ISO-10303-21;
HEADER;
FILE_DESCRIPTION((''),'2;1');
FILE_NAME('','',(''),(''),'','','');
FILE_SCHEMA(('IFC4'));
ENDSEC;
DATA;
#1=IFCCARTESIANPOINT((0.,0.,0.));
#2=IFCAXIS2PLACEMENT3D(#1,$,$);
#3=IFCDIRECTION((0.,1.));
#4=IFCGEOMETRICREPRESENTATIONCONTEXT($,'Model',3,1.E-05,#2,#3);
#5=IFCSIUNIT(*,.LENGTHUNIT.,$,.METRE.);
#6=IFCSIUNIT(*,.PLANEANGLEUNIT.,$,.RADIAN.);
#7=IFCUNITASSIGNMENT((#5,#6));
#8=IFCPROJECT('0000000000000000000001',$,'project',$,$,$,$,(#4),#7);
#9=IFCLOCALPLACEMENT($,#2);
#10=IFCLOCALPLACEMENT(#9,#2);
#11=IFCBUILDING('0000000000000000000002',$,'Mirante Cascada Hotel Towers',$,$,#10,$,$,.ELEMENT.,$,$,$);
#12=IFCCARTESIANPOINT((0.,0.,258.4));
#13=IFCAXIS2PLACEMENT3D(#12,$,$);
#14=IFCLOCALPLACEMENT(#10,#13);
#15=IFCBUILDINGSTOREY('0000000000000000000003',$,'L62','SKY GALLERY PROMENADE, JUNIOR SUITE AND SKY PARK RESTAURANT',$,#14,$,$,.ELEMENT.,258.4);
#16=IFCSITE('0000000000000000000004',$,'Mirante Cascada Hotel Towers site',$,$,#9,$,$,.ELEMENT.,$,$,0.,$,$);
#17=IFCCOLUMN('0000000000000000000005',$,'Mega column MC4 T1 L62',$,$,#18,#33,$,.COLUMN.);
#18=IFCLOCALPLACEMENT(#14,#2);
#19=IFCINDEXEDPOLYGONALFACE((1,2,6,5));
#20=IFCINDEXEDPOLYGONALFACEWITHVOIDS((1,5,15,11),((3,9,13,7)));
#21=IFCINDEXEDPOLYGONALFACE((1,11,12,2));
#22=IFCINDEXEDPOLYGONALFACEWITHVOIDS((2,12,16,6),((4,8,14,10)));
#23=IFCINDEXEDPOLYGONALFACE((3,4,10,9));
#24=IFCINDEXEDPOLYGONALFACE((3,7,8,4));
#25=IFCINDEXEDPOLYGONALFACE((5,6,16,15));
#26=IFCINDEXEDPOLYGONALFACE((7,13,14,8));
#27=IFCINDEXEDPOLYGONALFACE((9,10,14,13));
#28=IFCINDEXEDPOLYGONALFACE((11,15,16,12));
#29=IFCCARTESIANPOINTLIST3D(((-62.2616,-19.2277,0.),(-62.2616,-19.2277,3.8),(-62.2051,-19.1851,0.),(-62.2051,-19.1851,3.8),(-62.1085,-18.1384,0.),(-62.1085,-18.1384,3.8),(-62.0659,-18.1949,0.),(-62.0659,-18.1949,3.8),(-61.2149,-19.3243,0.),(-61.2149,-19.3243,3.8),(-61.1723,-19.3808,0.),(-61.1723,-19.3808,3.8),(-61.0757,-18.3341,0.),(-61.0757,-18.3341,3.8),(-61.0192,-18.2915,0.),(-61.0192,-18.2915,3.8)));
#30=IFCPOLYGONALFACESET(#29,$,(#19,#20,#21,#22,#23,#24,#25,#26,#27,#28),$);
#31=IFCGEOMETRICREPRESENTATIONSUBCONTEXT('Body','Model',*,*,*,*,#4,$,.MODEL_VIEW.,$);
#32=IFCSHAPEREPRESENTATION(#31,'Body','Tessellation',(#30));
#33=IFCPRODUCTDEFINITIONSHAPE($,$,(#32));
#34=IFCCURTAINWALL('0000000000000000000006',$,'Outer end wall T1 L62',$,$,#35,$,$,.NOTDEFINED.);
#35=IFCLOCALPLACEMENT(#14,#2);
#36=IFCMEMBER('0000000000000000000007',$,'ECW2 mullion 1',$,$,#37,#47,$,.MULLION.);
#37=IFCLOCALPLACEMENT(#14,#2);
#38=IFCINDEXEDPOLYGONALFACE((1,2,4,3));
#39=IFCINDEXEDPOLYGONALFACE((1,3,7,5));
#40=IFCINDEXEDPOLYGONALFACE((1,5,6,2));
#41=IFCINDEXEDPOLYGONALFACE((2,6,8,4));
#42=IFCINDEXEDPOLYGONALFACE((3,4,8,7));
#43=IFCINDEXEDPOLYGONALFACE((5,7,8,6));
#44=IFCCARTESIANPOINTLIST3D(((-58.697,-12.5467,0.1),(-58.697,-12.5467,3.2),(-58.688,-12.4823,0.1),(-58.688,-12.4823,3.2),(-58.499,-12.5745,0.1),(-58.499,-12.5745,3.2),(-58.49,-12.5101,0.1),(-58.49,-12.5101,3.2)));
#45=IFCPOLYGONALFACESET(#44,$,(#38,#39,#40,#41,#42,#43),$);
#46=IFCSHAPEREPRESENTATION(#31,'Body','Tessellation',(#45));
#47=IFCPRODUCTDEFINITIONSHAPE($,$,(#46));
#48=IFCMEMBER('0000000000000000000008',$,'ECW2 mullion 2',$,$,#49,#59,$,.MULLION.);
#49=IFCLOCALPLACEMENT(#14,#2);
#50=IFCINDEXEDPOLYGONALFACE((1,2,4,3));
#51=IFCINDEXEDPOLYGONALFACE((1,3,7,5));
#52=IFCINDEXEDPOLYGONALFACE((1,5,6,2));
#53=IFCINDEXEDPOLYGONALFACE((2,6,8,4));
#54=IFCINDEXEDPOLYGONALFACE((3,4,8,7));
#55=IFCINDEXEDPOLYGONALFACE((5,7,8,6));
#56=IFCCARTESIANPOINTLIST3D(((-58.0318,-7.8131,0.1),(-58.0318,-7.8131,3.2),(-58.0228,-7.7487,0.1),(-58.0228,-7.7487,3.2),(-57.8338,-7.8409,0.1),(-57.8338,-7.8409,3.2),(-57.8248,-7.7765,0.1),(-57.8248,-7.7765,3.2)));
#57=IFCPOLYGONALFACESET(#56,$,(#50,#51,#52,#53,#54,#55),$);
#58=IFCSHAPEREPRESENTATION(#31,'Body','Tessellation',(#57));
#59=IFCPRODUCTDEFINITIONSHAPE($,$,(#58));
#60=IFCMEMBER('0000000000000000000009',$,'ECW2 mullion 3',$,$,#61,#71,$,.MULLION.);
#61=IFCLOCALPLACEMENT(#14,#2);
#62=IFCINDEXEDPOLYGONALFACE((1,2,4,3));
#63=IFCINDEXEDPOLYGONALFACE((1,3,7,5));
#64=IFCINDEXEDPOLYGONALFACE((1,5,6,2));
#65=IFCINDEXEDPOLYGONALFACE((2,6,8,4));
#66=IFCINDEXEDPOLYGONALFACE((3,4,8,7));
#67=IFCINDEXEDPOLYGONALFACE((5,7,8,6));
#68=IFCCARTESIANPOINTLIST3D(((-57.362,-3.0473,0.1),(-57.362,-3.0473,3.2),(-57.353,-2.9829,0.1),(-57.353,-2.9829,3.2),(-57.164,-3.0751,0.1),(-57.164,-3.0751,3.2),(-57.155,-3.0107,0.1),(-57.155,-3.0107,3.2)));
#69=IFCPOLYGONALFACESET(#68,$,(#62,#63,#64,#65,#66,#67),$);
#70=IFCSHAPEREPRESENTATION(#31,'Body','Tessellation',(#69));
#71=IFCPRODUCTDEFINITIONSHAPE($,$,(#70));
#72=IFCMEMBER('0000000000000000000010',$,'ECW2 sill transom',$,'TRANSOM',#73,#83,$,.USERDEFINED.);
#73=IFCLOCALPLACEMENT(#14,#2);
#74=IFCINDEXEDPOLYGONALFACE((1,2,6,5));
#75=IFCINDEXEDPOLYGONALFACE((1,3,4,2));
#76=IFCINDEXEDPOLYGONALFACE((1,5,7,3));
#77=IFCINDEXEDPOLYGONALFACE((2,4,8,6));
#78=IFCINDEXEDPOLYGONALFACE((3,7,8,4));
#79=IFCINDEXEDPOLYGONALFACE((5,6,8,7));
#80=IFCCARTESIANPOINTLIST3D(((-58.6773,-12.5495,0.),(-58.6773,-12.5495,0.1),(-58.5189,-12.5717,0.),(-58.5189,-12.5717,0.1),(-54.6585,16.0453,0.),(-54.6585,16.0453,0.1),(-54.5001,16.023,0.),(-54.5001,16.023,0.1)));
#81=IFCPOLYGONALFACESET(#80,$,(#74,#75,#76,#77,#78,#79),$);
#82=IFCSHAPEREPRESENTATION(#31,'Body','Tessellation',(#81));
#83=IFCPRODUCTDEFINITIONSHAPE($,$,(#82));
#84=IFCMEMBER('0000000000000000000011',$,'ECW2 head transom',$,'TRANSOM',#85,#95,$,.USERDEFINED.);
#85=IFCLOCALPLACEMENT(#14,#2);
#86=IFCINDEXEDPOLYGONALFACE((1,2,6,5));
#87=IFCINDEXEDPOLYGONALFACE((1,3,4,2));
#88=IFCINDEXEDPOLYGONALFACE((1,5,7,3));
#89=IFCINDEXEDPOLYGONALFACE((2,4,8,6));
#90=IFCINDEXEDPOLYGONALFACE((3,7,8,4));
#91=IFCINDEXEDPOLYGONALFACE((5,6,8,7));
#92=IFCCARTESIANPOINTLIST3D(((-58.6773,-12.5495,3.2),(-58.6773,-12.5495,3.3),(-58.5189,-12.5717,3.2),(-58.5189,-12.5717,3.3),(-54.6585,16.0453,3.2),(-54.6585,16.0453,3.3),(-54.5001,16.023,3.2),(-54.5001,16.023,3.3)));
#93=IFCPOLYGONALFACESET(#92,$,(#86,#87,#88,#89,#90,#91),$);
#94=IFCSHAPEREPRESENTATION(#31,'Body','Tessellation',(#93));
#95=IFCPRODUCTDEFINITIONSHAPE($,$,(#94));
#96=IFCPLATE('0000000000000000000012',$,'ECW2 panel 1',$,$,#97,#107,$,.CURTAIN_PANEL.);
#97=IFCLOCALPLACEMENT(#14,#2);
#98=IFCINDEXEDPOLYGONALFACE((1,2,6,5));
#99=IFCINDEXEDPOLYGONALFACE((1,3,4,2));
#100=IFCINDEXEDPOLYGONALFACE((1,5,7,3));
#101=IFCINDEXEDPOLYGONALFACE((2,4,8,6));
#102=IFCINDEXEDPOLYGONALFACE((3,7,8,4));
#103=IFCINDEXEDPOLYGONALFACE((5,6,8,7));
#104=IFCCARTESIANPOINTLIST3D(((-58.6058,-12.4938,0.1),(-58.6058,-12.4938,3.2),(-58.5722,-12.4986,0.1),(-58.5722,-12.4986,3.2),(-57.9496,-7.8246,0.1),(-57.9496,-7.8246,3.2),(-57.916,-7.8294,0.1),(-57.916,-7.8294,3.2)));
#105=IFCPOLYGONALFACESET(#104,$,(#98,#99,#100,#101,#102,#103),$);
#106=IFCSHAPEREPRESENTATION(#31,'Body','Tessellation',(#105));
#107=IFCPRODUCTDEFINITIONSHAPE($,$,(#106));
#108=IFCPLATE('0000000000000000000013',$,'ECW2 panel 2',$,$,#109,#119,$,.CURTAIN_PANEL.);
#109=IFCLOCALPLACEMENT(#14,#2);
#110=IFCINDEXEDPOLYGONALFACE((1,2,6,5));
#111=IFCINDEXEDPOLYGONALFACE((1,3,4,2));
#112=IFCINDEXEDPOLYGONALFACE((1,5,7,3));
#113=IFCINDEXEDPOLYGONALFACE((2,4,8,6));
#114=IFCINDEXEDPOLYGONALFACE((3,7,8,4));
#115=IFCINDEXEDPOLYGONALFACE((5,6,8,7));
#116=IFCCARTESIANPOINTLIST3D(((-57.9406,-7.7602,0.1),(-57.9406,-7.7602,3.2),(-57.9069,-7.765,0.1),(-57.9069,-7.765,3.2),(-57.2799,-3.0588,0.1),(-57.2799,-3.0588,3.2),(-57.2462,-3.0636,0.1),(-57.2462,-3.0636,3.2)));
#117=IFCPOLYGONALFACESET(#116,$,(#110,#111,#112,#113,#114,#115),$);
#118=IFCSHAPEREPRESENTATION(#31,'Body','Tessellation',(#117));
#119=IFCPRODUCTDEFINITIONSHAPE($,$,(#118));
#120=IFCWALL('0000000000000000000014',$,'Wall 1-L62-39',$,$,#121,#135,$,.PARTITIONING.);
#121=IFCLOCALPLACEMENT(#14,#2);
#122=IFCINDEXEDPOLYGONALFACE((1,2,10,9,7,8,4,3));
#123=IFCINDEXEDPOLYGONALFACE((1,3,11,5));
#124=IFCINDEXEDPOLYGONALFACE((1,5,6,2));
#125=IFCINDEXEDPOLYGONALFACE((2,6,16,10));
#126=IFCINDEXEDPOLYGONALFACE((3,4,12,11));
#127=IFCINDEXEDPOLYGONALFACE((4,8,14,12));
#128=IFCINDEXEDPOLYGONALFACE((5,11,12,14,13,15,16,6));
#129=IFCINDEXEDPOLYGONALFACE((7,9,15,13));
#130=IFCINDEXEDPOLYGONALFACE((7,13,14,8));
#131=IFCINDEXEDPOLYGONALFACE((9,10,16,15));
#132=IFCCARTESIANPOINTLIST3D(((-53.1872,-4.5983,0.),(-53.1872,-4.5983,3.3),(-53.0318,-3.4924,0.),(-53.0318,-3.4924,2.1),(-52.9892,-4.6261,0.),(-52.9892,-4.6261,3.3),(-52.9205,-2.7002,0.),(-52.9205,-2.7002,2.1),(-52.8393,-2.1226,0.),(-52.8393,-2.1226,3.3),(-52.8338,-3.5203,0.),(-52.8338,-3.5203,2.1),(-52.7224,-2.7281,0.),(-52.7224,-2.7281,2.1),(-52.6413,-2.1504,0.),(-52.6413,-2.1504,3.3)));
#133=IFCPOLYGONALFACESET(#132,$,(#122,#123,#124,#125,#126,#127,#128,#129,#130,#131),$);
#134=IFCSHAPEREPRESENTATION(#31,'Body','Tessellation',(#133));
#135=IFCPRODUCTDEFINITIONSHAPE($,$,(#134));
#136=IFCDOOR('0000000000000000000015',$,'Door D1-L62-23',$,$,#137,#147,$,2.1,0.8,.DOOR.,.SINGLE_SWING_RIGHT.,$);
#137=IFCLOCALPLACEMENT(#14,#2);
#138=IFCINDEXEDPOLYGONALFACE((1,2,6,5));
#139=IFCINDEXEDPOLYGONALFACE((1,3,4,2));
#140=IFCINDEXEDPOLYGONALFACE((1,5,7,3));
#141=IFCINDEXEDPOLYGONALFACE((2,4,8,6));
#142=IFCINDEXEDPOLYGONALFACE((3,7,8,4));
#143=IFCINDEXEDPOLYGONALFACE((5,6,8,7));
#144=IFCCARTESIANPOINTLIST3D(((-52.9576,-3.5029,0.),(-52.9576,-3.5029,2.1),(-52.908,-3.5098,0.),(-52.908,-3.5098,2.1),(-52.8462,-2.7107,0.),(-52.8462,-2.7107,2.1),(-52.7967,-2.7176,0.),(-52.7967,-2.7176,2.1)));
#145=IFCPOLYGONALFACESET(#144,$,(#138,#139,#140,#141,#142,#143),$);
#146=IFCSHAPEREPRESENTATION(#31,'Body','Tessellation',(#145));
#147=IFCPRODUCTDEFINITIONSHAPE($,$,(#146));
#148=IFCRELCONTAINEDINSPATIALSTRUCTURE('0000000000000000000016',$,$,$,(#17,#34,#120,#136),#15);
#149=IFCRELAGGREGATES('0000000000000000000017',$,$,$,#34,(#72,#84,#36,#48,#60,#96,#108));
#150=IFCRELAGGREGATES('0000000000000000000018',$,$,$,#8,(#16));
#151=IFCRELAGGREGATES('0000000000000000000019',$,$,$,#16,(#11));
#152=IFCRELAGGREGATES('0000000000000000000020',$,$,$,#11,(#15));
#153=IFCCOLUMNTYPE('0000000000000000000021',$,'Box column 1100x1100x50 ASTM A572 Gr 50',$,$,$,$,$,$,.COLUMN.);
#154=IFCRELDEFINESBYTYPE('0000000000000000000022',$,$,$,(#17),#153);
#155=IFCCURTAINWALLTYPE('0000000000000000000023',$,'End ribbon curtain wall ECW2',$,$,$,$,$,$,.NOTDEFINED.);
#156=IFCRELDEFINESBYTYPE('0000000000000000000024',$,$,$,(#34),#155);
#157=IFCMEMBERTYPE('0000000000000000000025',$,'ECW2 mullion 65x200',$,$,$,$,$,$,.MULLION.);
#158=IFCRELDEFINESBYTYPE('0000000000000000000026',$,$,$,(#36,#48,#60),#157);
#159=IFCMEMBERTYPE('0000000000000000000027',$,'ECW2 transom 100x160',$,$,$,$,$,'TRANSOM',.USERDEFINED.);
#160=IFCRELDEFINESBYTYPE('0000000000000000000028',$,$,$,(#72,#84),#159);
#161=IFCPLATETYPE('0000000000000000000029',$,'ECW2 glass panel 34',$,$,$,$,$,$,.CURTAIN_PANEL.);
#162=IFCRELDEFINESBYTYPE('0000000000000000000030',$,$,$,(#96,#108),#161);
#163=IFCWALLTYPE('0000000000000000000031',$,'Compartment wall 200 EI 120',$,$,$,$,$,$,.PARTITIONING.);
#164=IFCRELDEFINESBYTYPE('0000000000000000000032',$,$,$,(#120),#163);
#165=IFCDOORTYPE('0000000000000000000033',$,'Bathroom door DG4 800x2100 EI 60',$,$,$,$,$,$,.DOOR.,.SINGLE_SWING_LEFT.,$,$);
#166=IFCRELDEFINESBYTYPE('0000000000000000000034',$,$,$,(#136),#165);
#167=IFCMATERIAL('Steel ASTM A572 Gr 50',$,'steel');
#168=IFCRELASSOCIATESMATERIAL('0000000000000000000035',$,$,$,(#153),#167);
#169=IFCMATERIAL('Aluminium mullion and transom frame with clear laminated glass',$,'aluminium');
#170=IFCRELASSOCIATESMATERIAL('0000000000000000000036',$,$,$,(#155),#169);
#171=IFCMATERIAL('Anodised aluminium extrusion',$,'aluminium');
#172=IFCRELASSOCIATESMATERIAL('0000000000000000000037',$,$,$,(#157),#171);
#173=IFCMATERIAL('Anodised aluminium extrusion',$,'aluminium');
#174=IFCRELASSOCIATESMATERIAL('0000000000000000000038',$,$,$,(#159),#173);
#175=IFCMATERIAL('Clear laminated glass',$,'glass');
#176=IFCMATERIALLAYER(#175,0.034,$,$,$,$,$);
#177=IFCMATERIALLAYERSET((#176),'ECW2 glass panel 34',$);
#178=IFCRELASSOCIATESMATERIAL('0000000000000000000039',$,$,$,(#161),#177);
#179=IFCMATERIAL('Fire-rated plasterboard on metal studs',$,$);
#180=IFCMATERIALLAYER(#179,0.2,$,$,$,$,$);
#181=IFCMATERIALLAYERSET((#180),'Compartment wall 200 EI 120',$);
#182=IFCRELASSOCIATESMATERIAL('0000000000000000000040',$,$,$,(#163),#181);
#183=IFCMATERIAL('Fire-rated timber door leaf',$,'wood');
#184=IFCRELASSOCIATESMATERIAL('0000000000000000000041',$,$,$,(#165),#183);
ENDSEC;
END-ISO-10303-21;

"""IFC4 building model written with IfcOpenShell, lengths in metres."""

from ifc_helpers import new_model, si_unit, direction, frame, frame_2d, origin, origin_2d, place, context, subcontext, project, spatial, rectangle, hollow_rectangle, extrude, material, layer, layer_set, material_profile, profile_set, type_object, element, fill, aggregate, save


model = new_model("IFC4")

# Units and contexts
model_context = context("Model", 3, precision=1e-05, world=origin(), true_north=direction((0.0, 1.0)))
body_context = subcontext(model_context, "Body", "Model", "MODEL_VIEW")
ifc_project = project(units=[si_unit("LENGTHUNIT", "METRE"), si_unit("PLANEANGLEUNIT", "RADIAN")], contexts=[model_context])

# Site, building, storey
site_placement = place(None, origin())
site = spatial("IfcSite", under=ifc_project, at=site_placement, Name="Mirante Cascada Hotel Towers site", CompositionType="ELEMENT", RefElevation=0.0)
building_placement = place(site_placement, origin())
building = spatial("IfcBuilding", under=site, at=building_placement, Name="Mirante Cascada Hotel Towers", CompositionType="ELEMENT")
storey_placement = place(building_placement, frame((0.0, 0.0, 258.4)))
storey = spatial("IfcBuildingStorey", under=building, at=storey_placement, Name="L62", Description="SKY GALLERY PROMENADE, JUNIOR SUITE AND SKY PARK RESTAURANT", CompositionType="ELEMENT", Elevation=258.4)

# Column
ifc_material_1 = material(Name="Steel ASTM A572 Gr 50", Category="steel")
ifc_material_profile_1 = material_profile(ifc_material_1, hollow_rectangle(XDim=1.1, YDim=1.1, WallThickness=0.05, at=origin_2d()), Name="Box column 1100x1100x50 ASTM A572 Gr 50")
ifc_profile_set_1 = profile_set([ifc_material_profile_1], Name="Steel ASTM A572 Gr 50")
column_type = type_object("IfcColumnType", Name="Box column 1100x1100x50 ASTM A572 Gr 50", PredefinedType="COLUMN", material=ifc_profile_set_1)
column_placement = place(storey_placement, frame((-61.6404, -18.7596, 0.0), z_axis=(0.0, 0.0, 1.0), x_axis=(-0.990268, 0.139173, 0.0)))
element("IfcColumn", 1, at=column_placement, inside=storey, type_object=column_type, Name="Mega column MC4 T1 L62", PredefinedType="COLUMN", context=body_context, shape_type="SweptSolid", body=[
    extrude(hollow_rectangle(XDim=1.1, YDim=1.1, WallThickness=0.05, at=origin_2d()), origin(), (0.0, 0.0, 1.0), 3.8),
])

# Curtain wall, members, plates
ifc_material_2 = material(Name="Aluminium mullion and transom frame with clear laminated glass", Category="aluminium")
curtain_wall_type = type_object("IfcCurtainWallType", Name="End ribbon curtain wall ECW2", PredefinedType="NOTDEFINED", material=ifc_material_2)
curtain_wall_placement = place(storey_placement, origin())
curtain_wall = element("IfcCurtainWall", 2, at=curtain_wall_placement, inside=storey, type_object=curtain_wall_type, Name="Outer end wall T1 L62", PredefinedType="NOTDEFINED")
ifc_material_3 = material(Name="Anodised aluminium extrusion", Category="aluminium")
ifc_material_profile_2 = material_profile(ifc_material_3, rectangle(XDim=0.2, YDim=0.065, at=origin_2d()), Name="ECW2 MULLION 65x200")
ifc_profile_set_2 = profile_set([ifc_material_profile_2], Name="Anodised aluminium extrusion")
member_type_1 = type_object("IfcMemberType", Name="ECW2 mullion 65x200", PredefinedType="MULLION", material=ifc_profile_set_2)
member_1_placement = place(storey_placement, frame((-58.5935, -12.5284, 0.1), z_axis=(0.0, 0.0, 1.0), x_axis=(-0.990268, 0.139173, 0.0)))
member_1 = element("IfcMember", 3, at=member_1_placement, type_object=member_type_1, Name="ECW2 mullion 1", PredefinedType="MULLION", context=body_context, shape_type="SweptSolid", body=[
    extrude(rectangle(XDim=0.2, YDim=0.065, at=origin_2d()), origin(), (0.0, 0.0, 1.0), 3.1),
])
member_2_placement = place(storey_placement, frame((-57.9283, -7.7948, 0.1), z_axis=(0.0, 0.0, 1.0), x_axis=(-0.990268, 0.139173, 0.0)))
member_2 = element("IfcMember", 4, at=member_2_placement, type_object=member_type_1, Name="ECW2 mullion 2", PredefinedType="MULLION", context=body_context, shape_type="SweptSolid", body=[
    extrude(rectangle(XDim=0.2, YDim=0.065, at=origin_2d()), origin(), (0.0, 0.0, 1.0), 3.1),
])
member_3_placement = place(storey_placement, frame((-57.2585, -3.029, 0.1), z_axis=(0.0, 0.0, 1.0), x_axis=(-0.990268, 0.139173, 0.0)))
member_3 = element("IfcMember", 5, at=member_3_placement, type_object=member_type_1, Name="ECW2 mullion 3", PredefinedType="MULLION", context=body_context, shape_type="SweptSolid", body=[
    extrude(rectangle(XDim=0.2, YDim=0.065, at=origin_2d()), origin(), (0.0, 0.0, 1.0), 3.1),
])
ifc_material_4 = material(Name="Anodised aluminium extrusion", Category="aluminium")
ifc_material_profile_3 = material_profile(ifc_material_4, rectangle(XDim=0.16, YDim=0.1, at=origin_2d()), Name="ECW2 TRANSOM 100x160")
ifc_profile_set_3 = profile_set([ifc_material_profile_3], Name="Anodised aluminium extrusion")
member_type_2 = type_object("IfcMemberType", Name="ECW2 transom 100x160", ElementType="TRANSOM", PredefinedType="USERDEFINED", material=ifc_profile_set_3)
member_4_placement = place(storey_placement, frame((-58.5981, -12.5606, 0.05), z_axis=(0.139175, 0.990268, 0.0), x_axis=(-0.990268, 0.139175, 0.0)))
member_4 = element("IfcMember", 6, at=member_4_placement, type_object=member_type_2, Name="ECW2 sill transom", ObjectType="TRANSOM", PredefinedType="USERDEFINED", context=body_context, shape_type="SweptSolid", body=[
    extrude(rectangle(XDim=0.16, YDim=0.1, at=origin_2d()), origin(), (0.0, 0.0, 1.0), 28.8758),
])
member_5_placement = place(storey_placement, frame((-58.5981, -12.5606, 3.25), z_axis=(0.139175, 0.990268, 0.0), x_axis=(-0.990268, 0.139175, 0.0)))
member_5 = element("IfcMember", 7, at=member_5_placement, type_object=member_type_2, Name="ECW2 head transom", ObjectType="TRANSOM", PredefinedType="USERDEFINED", context=body_context, shape_type="SweptSolid", body=[
    extrude(rectangle(XDim=0.16, YDim=0.1, at=origin_2d()), origin(), (0.0, 0.0, 1.0), 28.8758),
])
ifc_material_5 = material(Name="Clear laminated glass", Category="glass")
ifc_layer_1 = layer(ifc_material_5, 0.034)
ifc_layer_set_1 = layer_set([ifc_layer_1], Name="ECW2 glass panel 34")
plate_type = type_object("IfcPlateType", Name="ECW2 glass panel 34", PredefinedType="CURTAIN_PANEL", material=ifc_layer_set_1)
plate_1_placement = place(storey_placement, frame((-58.2609, -10.1616, 0.1), z_axis=(0.0, 0.0, 1.0), x_axis=(0.139173, 0.990268, 0.0)))
plate_1 = element("IfcPlate", 8, at=plate_1_placement, type_object=plate_type, Name="ECW2 panel 1", PredefinedType="CURTAIN_PANEL", context=body_context, shape_type="SweptSolid", body=[
    extrude(rectangle(XDim=4.7151, YDim=0.034, at=origin_2d()), origin(), (0.0, 0.0, 1.0), 3.1),
])
plate_2_placement = place(storey_placement, frame((-57.5934, -5.4119, 0.1), z_axis=(0.0, 0.0, 1.0), x_axis=(0.139173, 0.990268, 0.0)))
plate_2 = element("IfcPlate", 9, at=plate_2_placement, type_object=plate_type, Name="ECW2 panel 2", PredefinedType="CURTAIN_PANEL", context=body_context, shape_type="SweptSolid", body=[
    extrude(rectangle(XDim=4.7476, YDim=0.034, at=origin_2d()), origin(), (0.0, 0.0, 1.0), 3.1),
])
aggregate(curtain_wall, [member_4, member_5, member_1, member_2, member_3, plate_1, plate_2])

# Wall, opening, door
ifc_material_6 = material(Name="Fire-rated plasterboard on metal studs")
ifc_layer_2 = layer(ifc_material_6, 0.2)
ifc_layer_set_2 = layer_set([ifc_layer_2], Name="Compartment wall 200 EI 120")
wall_type_1 = type_object("IfcWallType", Name="Compartment wall 200 EI 120", PredefinedType="PARTITIONING", material=ifc_layer_set_2)
wall_1_placement = place(storey_placement, frame((-53.0882, -4.6122, 0.0), z_axis=(0.0, 0.0, 1.0), x_axis=(0.139159, 0.99027, 0.0)))
wall_1 = element("IfcWall", 10, at=wall_1_placement, inside=storey, type_object=wall_type_1, Name="Wall 1-L62-39", PredefinedType="PARTITIONING", context=body_context, shape_type="SweptSolid", body=[
    extrude(rectangle(XDim=2.5, YDim=0.2, at=frame_2d((1.25, 0.0))), origin(), (0.0, 0.0, 1.0), 3.3),
])
opening_1_placement = place(wall_1_placement, frame((1.1167, 0.0, 0.0)))
opening_1 = element("IfcOpeningElement", 11, at=opening_1_placement, cuts=wall_1, PredefinedType="OPENING", context=body_context, shape_type="SweptSolid", body=[
    extrude(rectangle(XDim=0.8, YDim=2.1, at=frame_2d((0.4, 1.05))), frame((0.0, 0.1, 0.0), z_axis=(0.0, -1.0, 0.0), x_axis=(1.0, 0.0, 0.0)), (0.0, 0.0, 1.0), 0.2),
])
ifc_material_7 = material(Name="Fire-rated timber door leaf", Category="wood")
door_type_1 = type_object("IfcDoorType", Name="Bathroom door DG4 800x2100 EI 60", OperationType="SINGLE_SWING_LEFT", PredefinedType="DOOR", material=ifc_material_7)
door_1_placement = place(opening_1_placement, frame((0.8, 0.0, 0.0), z_axis=(0.0, 0.0, 1.0), x_axis=(-1.0, 0.0, 0.0)))
door_1 = element("IfcDoor", 12, at=door_1_placement, inside=storey, type_object=door_type_1, Name="Door D1-L62-23", OperationType="SINGLE_SWING_RIGHT", OverallHeight=2.1, OverallWidth=0.8, PredefinedType="DOOR", context=body_context, shape_type="SweptSolid", body=[
    extrude(rectangle(XDim=0.8, YDim=2.1, at=frame_2d((0.4, 1.05))), frame((0.0, 0.025, 0.0), z_axis=(0.0, -1.0, 0.0), x_axis=(1.0, 0.0, 0.0)), (0.0, 0.0, 1.0), 0.05),
])
fill(opening_1, door_1)

save(model, "model.ifc")
